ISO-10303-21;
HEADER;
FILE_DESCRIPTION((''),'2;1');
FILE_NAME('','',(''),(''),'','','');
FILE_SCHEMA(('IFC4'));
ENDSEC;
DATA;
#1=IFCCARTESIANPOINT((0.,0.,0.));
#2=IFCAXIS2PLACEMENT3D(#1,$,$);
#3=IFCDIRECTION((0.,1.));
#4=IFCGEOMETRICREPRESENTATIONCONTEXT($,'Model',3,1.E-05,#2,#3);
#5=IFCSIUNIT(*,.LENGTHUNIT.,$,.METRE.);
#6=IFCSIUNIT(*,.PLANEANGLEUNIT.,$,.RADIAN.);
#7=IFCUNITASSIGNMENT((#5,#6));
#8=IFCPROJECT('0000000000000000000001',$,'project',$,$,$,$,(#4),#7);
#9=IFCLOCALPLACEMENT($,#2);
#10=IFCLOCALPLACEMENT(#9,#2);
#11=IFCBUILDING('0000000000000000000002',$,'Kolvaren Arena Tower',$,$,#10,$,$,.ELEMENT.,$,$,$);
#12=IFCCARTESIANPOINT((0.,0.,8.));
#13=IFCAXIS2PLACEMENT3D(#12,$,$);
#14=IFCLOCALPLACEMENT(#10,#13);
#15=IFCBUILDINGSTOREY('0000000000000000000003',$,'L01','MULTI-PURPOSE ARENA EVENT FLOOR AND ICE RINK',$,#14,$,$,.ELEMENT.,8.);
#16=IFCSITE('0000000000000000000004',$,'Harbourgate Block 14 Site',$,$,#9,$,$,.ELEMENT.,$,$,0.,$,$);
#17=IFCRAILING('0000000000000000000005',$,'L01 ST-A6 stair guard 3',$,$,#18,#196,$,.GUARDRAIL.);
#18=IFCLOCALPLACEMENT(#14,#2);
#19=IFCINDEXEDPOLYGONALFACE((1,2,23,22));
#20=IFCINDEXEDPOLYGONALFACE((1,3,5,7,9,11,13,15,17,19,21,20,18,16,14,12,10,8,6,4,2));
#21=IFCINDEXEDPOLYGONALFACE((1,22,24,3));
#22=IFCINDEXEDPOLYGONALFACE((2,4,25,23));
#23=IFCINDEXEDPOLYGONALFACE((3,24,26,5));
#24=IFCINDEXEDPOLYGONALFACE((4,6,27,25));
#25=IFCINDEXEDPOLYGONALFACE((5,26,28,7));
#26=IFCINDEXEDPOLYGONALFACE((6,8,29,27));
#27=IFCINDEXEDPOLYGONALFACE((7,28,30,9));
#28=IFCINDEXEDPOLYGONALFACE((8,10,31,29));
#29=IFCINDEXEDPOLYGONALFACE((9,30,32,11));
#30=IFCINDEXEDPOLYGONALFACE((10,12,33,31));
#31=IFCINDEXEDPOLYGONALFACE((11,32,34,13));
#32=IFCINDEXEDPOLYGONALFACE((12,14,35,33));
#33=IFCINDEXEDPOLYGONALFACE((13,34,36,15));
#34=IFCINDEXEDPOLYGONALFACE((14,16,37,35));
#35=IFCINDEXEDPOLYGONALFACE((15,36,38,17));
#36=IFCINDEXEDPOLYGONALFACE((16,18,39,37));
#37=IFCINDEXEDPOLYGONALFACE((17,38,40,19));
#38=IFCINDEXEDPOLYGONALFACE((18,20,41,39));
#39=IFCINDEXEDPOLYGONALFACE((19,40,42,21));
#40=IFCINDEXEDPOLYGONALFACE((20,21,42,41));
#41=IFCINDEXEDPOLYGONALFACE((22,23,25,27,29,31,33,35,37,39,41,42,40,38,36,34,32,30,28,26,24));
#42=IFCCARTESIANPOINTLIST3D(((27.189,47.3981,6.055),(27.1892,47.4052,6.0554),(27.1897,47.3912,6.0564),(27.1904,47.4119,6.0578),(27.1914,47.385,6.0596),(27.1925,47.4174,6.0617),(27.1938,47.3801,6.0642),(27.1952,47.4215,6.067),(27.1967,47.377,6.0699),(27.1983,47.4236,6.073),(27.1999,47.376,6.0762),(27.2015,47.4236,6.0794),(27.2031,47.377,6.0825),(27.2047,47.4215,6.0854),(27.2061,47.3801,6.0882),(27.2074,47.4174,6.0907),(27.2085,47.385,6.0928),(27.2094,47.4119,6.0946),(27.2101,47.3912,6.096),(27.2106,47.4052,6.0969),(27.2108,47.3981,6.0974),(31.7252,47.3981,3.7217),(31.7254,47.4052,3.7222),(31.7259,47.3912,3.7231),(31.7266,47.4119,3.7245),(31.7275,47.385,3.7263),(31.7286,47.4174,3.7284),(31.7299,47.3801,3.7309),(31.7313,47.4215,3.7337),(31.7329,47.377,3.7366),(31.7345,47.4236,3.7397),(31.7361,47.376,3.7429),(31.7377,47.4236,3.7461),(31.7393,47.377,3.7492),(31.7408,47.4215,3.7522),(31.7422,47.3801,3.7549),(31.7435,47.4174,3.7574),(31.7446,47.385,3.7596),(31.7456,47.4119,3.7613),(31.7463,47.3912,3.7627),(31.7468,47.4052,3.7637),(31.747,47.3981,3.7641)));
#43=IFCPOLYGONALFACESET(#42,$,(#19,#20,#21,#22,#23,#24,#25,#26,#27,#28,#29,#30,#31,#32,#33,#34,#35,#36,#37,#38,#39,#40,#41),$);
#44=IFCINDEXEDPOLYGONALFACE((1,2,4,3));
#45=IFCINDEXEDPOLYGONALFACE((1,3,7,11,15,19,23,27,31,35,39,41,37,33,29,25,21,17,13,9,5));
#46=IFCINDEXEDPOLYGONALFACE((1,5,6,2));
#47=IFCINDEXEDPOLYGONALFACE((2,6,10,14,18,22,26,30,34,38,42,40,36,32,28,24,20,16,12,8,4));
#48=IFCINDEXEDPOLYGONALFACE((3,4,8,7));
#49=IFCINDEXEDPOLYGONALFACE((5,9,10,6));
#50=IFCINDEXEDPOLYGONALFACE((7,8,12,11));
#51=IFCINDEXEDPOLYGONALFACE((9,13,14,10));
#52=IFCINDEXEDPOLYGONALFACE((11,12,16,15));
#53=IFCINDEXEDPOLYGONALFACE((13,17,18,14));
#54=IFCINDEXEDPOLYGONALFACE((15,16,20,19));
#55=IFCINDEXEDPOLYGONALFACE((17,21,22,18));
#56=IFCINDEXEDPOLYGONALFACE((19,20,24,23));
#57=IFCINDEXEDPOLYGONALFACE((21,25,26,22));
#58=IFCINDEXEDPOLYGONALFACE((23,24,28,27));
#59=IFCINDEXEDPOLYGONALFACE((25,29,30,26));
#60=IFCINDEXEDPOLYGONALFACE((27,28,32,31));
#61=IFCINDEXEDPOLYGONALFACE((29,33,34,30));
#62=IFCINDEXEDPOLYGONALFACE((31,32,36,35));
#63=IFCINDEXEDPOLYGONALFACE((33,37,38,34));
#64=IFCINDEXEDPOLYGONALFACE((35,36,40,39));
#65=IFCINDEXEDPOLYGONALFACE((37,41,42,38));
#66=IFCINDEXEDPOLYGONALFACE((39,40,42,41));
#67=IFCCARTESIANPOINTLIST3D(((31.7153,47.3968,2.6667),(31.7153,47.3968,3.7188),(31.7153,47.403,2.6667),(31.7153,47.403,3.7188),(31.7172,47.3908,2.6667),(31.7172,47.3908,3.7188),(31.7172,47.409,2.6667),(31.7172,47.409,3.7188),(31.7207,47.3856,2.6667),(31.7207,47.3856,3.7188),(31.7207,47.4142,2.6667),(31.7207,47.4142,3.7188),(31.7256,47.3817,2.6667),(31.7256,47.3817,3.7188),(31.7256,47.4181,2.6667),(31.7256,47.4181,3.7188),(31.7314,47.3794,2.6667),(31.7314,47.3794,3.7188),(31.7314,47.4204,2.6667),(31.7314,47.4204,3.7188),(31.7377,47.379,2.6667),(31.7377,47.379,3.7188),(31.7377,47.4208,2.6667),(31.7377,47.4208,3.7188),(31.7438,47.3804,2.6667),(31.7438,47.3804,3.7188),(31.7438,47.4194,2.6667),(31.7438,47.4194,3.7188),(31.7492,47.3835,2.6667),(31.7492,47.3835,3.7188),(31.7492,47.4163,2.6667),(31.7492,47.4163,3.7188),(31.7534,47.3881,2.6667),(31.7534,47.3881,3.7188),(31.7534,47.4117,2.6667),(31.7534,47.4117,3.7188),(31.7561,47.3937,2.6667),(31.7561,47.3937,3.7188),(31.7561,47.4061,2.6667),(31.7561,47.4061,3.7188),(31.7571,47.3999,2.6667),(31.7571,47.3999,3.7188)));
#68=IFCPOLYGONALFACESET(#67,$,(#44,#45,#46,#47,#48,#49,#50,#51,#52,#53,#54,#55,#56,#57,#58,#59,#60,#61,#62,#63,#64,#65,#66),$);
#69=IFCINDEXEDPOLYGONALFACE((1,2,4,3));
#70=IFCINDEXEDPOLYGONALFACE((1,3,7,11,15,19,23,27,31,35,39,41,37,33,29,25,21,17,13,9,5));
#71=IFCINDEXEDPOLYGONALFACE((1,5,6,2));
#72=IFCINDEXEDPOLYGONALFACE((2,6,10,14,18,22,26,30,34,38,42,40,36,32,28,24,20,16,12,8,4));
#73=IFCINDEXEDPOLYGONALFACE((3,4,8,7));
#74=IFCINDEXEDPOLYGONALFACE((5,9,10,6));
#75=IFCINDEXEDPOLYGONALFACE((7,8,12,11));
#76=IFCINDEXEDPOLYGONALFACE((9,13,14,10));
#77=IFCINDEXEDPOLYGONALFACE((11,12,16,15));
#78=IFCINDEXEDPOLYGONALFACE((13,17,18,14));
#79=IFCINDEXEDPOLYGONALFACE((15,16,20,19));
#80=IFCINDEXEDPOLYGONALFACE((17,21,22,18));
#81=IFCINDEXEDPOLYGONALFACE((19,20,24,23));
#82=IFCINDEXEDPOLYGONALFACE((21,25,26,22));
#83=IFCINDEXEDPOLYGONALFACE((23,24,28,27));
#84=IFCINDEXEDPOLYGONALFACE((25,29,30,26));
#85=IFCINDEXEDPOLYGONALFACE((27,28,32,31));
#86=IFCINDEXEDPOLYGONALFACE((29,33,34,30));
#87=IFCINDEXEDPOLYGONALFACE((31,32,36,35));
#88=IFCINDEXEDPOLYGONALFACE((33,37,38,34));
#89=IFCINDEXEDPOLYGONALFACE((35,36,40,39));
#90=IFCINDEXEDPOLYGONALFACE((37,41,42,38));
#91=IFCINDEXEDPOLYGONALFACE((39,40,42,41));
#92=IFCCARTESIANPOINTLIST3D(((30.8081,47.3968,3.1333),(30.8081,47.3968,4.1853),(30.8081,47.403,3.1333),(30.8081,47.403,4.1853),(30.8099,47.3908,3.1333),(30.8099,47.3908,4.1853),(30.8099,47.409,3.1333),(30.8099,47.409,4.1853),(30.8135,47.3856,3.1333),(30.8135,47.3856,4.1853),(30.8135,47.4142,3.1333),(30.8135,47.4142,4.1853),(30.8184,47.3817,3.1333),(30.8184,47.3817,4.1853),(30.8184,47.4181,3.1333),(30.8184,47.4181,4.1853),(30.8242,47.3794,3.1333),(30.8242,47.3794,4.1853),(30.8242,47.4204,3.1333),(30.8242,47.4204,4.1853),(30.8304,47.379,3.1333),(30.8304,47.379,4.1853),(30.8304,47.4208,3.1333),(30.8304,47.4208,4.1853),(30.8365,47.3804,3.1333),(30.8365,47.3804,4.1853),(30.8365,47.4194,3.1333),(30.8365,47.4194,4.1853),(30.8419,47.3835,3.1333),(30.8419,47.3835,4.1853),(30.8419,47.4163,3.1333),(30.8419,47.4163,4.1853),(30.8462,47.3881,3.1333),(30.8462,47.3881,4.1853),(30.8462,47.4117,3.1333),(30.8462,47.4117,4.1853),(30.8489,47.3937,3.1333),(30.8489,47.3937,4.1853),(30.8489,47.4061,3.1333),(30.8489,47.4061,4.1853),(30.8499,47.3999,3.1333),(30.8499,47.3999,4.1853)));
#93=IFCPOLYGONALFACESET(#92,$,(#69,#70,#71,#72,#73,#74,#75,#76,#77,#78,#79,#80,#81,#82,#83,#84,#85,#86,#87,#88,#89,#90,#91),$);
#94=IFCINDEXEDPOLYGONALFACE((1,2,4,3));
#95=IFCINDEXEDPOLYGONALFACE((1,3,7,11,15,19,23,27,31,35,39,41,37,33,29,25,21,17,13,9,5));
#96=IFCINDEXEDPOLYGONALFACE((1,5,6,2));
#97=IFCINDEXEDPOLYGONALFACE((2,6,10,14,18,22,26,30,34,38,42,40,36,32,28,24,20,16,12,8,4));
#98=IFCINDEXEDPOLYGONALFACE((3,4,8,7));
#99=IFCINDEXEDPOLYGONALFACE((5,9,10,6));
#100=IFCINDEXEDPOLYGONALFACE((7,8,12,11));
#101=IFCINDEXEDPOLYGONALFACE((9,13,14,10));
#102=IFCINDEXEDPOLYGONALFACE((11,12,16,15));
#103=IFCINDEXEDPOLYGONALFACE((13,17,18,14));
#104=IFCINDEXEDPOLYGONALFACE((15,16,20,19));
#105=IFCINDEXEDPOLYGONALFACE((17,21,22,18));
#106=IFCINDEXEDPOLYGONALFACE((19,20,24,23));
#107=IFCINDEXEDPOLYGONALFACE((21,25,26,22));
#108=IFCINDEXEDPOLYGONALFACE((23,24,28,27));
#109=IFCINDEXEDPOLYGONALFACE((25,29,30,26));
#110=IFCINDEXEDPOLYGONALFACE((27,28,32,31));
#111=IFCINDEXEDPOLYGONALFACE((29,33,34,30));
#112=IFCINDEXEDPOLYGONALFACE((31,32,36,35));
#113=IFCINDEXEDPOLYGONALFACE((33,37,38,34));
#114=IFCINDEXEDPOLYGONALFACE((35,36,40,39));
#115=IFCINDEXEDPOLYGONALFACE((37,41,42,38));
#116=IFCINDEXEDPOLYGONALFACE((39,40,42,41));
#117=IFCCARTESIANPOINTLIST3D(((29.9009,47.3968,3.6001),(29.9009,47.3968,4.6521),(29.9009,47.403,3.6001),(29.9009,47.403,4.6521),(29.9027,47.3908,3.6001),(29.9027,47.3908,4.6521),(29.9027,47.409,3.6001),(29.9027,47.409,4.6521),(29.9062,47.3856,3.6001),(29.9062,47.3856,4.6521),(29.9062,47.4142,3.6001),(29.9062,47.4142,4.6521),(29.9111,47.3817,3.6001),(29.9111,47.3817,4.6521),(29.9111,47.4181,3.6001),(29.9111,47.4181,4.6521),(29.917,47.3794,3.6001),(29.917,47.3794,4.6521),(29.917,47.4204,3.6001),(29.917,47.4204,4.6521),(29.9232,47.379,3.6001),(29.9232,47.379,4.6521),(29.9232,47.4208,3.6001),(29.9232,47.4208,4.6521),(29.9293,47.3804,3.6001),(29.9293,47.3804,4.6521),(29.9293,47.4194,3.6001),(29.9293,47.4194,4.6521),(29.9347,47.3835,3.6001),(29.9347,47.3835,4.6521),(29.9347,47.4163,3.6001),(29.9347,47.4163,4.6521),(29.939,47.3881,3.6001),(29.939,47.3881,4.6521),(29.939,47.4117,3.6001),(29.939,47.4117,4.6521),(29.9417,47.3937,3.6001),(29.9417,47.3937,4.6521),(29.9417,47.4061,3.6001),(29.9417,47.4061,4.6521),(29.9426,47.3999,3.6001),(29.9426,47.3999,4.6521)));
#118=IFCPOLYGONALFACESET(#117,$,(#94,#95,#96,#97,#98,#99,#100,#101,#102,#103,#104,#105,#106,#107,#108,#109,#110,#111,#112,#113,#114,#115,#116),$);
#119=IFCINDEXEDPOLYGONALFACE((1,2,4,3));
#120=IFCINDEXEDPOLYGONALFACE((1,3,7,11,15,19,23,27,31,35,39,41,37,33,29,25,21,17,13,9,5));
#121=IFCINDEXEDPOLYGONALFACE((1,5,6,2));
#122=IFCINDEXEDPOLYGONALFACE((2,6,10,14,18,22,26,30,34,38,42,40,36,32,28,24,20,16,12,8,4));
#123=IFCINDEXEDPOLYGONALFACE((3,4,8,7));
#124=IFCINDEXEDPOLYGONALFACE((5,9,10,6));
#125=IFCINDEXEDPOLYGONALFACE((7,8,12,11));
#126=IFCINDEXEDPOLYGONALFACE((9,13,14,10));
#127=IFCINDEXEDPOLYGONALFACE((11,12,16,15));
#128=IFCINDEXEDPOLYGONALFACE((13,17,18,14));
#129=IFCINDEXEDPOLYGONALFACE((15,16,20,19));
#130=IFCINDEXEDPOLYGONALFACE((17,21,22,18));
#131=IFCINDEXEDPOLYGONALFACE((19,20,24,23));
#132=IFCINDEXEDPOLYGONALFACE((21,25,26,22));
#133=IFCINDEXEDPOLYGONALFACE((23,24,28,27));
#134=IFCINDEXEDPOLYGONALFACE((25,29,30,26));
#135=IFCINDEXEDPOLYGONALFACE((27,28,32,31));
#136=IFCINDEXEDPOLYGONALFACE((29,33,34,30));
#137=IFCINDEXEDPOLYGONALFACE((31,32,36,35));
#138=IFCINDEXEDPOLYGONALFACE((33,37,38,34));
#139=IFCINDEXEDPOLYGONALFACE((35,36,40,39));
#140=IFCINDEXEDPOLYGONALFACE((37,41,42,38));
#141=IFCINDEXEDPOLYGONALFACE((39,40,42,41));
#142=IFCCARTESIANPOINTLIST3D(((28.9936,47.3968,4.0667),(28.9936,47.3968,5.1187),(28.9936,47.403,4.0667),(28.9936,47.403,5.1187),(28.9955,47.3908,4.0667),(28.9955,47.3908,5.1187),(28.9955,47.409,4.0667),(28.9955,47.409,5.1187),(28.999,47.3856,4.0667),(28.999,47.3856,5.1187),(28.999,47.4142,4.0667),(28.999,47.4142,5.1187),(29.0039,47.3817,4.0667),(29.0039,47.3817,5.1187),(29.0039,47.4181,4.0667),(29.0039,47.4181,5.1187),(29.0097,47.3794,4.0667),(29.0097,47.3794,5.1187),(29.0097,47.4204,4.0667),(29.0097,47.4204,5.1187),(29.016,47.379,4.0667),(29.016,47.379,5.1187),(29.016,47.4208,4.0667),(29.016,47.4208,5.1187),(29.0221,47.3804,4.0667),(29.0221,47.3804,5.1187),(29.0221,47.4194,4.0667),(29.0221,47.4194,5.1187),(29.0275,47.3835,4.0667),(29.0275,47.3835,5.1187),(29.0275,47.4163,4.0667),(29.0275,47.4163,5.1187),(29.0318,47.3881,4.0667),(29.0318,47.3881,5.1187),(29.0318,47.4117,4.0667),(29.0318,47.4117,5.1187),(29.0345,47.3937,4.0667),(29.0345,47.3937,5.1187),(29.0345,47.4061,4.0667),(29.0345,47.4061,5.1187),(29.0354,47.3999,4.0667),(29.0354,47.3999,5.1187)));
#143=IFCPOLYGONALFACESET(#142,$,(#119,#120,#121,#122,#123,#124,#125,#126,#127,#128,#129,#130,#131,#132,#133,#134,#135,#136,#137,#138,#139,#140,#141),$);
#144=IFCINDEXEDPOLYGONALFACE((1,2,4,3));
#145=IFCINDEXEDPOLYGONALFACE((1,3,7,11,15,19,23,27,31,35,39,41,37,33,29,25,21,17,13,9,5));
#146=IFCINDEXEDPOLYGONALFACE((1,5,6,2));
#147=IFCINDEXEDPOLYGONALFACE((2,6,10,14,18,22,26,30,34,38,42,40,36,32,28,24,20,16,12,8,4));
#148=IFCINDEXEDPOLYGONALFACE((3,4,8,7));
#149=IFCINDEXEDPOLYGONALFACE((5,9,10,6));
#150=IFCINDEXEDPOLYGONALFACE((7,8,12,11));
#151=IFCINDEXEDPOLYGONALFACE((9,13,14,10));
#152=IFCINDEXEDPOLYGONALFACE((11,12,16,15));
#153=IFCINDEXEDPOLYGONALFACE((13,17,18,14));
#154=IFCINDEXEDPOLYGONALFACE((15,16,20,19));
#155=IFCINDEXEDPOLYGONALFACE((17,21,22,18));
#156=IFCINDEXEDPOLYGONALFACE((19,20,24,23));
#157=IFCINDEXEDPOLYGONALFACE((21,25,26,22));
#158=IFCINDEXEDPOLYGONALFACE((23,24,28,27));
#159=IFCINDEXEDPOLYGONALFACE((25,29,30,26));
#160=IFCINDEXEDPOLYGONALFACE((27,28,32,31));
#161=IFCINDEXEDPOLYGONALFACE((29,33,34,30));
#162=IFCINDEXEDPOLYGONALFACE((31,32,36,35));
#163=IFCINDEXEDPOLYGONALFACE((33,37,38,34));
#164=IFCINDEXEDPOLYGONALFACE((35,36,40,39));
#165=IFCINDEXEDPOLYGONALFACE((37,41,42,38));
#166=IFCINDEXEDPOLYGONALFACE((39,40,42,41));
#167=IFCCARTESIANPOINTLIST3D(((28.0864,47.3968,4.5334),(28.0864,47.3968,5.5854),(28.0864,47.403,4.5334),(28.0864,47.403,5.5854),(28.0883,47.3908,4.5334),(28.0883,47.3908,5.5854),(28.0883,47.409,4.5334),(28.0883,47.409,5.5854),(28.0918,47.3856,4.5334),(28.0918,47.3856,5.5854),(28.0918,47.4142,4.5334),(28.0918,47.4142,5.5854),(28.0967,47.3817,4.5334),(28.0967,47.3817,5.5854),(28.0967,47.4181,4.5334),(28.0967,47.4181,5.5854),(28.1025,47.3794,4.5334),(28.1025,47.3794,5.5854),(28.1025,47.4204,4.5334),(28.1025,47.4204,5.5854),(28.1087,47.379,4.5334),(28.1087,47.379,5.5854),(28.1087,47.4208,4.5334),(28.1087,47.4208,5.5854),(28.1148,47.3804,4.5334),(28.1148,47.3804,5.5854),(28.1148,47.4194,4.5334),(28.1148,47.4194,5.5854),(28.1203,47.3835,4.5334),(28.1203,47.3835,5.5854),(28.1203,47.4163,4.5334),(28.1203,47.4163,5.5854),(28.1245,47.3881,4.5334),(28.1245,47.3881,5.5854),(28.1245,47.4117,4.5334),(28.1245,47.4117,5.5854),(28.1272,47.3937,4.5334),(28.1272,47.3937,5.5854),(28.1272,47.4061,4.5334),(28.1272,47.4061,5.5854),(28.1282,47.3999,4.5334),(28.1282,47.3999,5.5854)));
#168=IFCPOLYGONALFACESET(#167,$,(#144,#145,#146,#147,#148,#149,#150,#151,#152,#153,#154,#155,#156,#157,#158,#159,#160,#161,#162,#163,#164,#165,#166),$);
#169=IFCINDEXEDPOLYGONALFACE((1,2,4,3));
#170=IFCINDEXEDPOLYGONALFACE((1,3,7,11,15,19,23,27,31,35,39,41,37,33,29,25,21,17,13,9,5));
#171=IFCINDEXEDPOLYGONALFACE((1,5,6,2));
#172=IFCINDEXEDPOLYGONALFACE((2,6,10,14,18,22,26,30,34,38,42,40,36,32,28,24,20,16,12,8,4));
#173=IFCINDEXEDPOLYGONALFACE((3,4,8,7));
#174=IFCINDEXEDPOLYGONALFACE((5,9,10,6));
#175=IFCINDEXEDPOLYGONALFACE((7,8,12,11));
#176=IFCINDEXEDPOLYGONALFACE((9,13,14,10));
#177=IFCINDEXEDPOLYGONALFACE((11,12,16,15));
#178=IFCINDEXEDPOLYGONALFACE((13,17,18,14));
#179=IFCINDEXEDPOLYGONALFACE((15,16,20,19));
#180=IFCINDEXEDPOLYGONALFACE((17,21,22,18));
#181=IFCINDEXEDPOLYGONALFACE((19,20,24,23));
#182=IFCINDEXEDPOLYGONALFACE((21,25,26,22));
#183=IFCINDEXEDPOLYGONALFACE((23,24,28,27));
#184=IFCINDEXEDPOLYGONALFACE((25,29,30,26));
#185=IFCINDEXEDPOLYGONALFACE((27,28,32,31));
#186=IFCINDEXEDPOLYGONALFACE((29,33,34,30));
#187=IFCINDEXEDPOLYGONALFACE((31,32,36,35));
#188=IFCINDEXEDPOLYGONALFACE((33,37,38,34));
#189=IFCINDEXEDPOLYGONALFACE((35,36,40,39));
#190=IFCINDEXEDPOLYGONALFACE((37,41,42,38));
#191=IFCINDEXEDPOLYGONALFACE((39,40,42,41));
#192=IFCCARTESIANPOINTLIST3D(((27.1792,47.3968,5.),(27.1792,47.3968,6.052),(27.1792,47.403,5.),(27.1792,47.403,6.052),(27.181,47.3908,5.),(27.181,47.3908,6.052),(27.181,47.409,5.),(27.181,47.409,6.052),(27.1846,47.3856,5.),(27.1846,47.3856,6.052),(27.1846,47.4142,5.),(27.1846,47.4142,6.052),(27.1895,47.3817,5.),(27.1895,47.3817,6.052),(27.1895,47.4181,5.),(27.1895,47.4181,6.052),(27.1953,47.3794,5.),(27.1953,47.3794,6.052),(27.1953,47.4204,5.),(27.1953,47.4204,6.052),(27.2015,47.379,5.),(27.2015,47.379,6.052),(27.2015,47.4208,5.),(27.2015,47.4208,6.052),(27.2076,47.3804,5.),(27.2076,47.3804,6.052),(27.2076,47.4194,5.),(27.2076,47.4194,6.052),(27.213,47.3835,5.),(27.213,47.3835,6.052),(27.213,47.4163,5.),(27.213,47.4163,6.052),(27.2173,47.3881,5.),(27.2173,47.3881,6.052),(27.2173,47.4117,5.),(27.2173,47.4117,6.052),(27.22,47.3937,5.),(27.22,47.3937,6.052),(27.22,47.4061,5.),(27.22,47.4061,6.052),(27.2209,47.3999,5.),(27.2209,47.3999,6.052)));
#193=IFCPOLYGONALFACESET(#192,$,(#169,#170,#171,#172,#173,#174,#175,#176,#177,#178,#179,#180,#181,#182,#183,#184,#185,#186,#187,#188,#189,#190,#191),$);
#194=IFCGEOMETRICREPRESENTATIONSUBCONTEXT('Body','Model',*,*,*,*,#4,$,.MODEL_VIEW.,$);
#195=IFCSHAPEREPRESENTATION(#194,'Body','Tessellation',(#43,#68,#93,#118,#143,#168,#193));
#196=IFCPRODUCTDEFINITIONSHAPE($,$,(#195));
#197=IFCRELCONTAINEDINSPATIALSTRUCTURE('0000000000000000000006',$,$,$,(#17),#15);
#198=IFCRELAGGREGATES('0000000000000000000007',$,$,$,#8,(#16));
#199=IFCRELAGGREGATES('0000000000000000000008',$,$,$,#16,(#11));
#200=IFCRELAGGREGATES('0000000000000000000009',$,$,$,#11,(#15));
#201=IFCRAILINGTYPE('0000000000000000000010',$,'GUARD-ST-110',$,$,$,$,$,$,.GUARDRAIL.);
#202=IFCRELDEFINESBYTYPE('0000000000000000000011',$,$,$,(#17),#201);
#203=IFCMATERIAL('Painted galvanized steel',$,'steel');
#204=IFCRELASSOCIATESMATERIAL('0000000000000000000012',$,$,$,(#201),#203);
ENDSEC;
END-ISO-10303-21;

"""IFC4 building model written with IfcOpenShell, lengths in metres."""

from ifc_helpers import new_model, si_unit, direction, frame, origin, origin_2d, place, context, subcontext, project, spatial, circle, extrude, material, type_object, element, save


model = new_model("IFC4")

# Units and contexts
model_context = context("Model", 3, precision=1e-05, world=origin(), true_north=direction((0.0, 1.0)))
body_context = subcontext(model_context, "Body", "Model", "MODEL_VIEW")
ifc_project = project(units=[si_unit("LENGTHUNIT", "METRE"), si_unit("PLANEANGLEUNIT", "RADIAN")], contexts=[model_context])

# Site, building, storey
site_placement = place(None, origin())
site = spatial("IfcSite", under=ifc_project, at=site_placement, Name="Harbourgate Block 14 Site", CompositionType="ELEMENT", RefElevation=0.0)
building_placement = place(site_placement, origin())
building = spatial("IfcBuilding", under=site, at=building_placement, Name="Kolvaren Arena Tower", CompositionType="ELEMENT")
storey_placement = place(building_placement, frame((0.0, 0.0, 8.0)))
storey = spatial("IfcBuildingStorey", under=building, at=storey_placement, Name="L01", Description="MULTI-PURPOSE ARENA EVENT FLOOR AND ICE RINK", CompositionType="ELEMENT", Elevation=8.0)

# Railing
ifc_material_1 = material(Name="Painted galvanized steel", Category="steel")
railing_type_1 = type_object("IfcRailingType", Name="GUARD-ST-110", PredefinedType="GUARDRAIL", material=ifc_material_1)
railing_1_placement = place(storey_placement, frame((31.7361, 47.3999, 2.6667)))
element("IfcRailing", 1, at=railing_1_placement, inside=storey, type_object=railing_type_1, Name="L01 ST-A6 stair guard 3", PredefinedType="GUARDRAIL", context=body_context, shape_type="SweptSolid", body=[
    extrude(circle(Radius=0.0239, at=origin_2d()), frame((0.0, 0.0, 1.0762), z_axis=(-0.889257, 0.0, 0.457407), x_axis=(0.0, -1.0, 0.0)), (0.0, 0.0, 1.0), 5.1011),
    extrude(circle(Radius=0.021, at=origin_2d()), origin(), (0.0, 0.0, 1.0), 1.052),
    extrude(circle(Radius=0.021, at=origin_2d()), frame((-0.9072, 0.0, 0.4666)), (0.0, 0.0, 1.0), 1.052),
    extrude(circle(Radius=0.021, at=origin_2d()), frame((-1.8145, 0.0, 0.9333)), (0.0, 0.0, 1.0), 1.052),
    extrude(circle(Radius=0.021, at=origin_2d()), frame((-2.7217, 0.0, 1.3999)), (0.0, 0.0, 1.0), 1.052),
    extrude(circle(Radius=0.021, at=origin_2d()), frame((-3.6289, 0.0, 1.8667)), (0.0, 0.0, 1.0), 1.052),
    extrude(circle(Radius=0.021, at=origin_2d()), frame((-4.5361, 0.0, 2.3333)), (0.0, 0.0, 1.0), 1.052),
])

save(model, "model.ifc")
